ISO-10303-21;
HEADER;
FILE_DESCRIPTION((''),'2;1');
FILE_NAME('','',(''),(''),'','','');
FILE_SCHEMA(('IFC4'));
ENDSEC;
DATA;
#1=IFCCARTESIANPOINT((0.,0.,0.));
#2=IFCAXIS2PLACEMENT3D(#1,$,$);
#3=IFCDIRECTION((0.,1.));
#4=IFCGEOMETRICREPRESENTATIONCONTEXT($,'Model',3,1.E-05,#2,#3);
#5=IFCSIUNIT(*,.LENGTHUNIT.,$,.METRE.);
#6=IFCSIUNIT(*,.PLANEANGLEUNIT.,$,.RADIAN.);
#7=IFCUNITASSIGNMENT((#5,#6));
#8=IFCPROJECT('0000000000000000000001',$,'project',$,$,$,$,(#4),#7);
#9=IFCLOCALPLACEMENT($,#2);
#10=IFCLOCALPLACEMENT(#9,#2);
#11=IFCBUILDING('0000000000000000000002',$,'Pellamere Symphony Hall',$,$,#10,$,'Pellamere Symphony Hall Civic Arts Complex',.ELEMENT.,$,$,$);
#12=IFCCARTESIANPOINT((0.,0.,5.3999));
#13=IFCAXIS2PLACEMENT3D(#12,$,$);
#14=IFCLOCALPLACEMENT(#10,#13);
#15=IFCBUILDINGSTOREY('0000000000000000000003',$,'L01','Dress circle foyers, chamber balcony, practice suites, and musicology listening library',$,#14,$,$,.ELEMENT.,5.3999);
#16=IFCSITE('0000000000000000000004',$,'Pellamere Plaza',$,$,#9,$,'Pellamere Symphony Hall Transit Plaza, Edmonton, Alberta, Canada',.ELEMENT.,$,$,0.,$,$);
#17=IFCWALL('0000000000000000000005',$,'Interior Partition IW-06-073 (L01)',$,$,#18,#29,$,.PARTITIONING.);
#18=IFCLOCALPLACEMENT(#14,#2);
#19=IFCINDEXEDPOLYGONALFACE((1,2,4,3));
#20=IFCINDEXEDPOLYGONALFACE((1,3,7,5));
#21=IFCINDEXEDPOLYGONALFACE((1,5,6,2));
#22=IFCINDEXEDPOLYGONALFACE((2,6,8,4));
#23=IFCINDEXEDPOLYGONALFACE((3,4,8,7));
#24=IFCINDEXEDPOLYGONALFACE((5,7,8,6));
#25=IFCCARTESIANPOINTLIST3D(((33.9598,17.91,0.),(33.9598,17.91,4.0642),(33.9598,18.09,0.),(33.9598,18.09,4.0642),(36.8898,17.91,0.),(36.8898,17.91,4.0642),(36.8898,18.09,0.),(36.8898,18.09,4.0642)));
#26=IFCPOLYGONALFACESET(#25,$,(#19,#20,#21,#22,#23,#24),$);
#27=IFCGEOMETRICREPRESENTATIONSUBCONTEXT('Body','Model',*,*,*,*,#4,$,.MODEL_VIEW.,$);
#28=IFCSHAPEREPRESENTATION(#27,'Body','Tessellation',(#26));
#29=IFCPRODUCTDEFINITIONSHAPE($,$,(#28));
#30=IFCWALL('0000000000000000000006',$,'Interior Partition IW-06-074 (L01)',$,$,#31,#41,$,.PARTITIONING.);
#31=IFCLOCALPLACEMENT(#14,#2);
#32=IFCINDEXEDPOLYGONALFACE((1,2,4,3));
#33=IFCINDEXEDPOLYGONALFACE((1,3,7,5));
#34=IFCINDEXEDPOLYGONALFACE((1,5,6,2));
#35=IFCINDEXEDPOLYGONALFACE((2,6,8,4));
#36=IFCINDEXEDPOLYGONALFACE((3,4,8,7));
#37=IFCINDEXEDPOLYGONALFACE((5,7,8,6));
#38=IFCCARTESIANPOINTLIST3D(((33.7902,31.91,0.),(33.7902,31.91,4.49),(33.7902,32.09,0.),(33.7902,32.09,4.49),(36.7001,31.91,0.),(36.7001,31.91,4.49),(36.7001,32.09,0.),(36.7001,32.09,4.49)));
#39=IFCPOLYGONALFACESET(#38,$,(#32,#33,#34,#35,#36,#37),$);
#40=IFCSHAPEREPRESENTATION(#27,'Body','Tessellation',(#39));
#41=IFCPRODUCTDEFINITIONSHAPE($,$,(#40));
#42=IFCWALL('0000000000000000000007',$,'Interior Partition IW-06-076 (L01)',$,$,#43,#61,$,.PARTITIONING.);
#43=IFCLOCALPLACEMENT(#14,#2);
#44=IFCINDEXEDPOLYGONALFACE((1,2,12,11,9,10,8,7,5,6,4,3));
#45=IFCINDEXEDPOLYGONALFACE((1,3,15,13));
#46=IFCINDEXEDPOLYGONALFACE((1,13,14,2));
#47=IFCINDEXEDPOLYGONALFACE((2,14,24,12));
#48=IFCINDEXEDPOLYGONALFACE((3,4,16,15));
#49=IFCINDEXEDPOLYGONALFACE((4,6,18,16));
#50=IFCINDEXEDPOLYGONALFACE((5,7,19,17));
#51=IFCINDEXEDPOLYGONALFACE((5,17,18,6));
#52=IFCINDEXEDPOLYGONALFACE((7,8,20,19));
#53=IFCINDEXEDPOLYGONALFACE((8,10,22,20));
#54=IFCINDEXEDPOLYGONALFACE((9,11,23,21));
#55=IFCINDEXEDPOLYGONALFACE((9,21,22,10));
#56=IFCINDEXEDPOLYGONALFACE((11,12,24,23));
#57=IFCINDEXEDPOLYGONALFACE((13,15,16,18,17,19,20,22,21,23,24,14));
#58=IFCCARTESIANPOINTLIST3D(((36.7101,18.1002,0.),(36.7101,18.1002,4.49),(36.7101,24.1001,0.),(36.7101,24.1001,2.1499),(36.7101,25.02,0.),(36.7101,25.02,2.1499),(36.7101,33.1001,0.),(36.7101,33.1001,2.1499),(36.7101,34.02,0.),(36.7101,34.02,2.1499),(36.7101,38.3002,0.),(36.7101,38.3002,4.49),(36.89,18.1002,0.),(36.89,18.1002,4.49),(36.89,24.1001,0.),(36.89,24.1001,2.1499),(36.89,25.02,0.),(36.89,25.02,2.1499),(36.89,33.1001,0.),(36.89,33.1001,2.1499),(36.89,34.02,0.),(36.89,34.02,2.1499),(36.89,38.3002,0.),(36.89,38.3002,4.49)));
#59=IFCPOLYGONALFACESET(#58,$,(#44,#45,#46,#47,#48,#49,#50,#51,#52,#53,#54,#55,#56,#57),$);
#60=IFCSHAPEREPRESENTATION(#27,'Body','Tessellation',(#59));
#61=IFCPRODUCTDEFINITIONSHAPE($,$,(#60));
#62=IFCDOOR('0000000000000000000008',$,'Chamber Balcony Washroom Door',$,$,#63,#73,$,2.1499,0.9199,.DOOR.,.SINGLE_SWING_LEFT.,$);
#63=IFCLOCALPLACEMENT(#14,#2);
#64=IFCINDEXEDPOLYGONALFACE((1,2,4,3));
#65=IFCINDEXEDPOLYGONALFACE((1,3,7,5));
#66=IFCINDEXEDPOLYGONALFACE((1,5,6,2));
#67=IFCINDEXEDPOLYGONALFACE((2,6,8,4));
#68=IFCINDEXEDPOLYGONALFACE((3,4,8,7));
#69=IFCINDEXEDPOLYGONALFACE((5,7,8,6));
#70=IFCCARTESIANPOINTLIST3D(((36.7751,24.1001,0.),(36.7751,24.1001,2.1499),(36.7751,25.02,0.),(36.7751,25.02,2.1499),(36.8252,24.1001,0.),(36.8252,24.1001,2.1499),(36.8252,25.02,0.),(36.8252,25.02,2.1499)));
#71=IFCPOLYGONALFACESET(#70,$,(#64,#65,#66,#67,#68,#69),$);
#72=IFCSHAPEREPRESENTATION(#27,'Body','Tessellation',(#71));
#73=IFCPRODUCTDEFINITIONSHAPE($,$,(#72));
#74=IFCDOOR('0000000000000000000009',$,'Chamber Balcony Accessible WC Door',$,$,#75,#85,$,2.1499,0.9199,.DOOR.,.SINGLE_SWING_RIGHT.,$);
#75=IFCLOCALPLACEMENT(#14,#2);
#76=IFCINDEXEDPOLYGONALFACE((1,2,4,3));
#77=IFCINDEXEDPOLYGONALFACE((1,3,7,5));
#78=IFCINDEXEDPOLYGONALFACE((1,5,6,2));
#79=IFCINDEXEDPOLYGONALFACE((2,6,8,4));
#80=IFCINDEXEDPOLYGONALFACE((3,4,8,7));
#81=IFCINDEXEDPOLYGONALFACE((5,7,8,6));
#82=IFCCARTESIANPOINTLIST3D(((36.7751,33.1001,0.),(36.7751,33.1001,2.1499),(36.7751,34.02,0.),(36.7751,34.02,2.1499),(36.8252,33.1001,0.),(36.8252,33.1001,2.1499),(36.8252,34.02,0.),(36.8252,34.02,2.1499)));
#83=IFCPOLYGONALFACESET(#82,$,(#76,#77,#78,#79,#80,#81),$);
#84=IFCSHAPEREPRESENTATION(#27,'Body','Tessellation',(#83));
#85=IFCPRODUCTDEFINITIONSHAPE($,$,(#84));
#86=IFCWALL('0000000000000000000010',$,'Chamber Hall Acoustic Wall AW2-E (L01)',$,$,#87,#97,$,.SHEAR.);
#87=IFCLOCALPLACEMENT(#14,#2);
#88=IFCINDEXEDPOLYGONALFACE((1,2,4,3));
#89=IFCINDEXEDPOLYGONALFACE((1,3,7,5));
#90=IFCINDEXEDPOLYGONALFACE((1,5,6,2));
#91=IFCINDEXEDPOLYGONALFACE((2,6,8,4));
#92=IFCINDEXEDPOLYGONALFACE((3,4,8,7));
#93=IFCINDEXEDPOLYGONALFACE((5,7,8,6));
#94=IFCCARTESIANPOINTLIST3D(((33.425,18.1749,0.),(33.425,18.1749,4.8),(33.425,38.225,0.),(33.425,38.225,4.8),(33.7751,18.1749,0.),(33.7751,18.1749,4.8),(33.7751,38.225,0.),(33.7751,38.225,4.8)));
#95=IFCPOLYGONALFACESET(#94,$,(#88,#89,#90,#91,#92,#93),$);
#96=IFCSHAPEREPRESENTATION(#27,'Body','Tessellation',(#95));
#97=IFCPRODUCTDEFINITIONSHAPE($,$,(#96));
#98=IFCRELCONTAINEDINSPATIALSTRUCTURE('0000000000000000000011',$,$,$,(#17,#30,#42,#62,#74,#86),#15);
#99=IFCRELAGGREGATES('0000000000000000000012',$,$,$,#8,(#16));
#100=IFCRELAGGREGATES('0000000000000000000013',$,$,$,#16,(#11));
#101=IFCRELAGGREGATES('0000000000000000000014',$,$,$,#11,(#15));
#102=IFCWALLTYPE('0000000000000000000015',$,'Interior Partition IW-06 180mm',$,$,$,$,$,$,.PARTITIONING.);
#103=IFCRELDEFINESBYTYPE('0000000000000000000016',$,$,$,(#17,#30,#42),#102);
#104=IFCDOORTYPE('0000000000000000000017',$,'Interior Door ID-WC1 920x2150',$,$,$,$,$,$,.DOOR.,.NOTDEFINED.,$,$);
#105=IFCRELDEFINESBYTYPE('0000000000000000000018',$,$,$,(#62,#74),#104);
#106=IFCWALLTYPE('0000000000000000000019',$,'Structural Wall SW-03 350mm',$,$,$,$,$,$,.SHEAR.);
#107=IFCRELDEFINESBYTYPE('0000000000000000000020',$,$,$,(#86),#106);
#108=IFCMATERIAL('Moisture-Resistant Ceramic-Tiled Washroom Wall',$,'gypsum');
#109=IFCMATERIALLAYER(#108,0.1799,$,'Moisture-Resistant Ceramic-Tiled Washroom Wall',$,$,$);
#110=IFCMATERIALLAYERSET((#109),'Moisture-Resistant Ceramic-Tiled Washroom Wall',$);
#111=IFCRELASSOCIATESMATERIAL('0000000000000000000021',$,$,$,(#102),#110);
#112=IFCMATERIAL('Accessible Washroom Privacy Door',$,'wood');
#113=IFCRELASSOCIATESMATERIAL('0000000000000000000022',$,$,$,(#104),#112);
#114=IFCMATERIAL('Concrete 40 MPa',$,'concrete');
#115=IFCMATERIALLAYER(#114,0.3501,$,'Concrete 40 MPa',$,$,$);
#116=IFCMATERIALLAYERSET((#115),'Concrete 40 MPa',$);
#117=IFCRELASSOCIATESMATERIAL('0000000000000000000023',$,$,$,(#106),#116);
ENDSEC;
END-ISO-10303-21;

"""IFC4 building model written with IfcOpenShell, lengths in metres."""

from ifc_helpers import new_model, si_unit, direction, frame, frame_2d, origin, place, context, subcontext, project, spatial, rectangle, extrude, material, layer, layer_set, type_object, element, fill, save


model = new_model("IFC4")

# Units and contexts
model_context = context("Model", 3, precision=1e-05, world=origin(), true_north=direction((0.0, 1.0)))
body_context = subcontext(model_context, "Body", "Model", "MODEL_VIEW")
ifc_project = project(units=[si_unit("LENGTHUNIT", "METRE"), si_unit("PLANEANGLEUNIT", "RADIAN")], contexts=[model_context])

# Site, building, storey
site_placement = place(None, origin())
site = spatial("IfcSite", under=ifc_project, at=site_placement, Name="Pellamere Plaza", LongName="Pellamere Symphony Hall Transit Plaza, Edmonton, Alberta, Canada", CompositionType="ELEMENT", RefElevation=0.0)
building_placement = place(site_placement, origin())
building = spatial("IfcBuilding", under=site, at=building_placement, Name="Pellamere Symphony Hall", LongName="Pellamere Symphony Hall Civic Arts Complex", CompositionType="ELEMENT")
storey_placement = place(building_placement, frame((0.0, 0.0, 5.3999)))
storey = spatial("IfcBuildingStorey", under=building, at=storey_placement, Name="L01", Description="Dress circle foyers, chamber balcony, practice suites, and musicology listening library", CompositionType="ELEMENT", Elevation=5.3999)

# Shared definitions
ifc_material_1 = material(Name="Concrete 40 MPa", Category="concrete")

# Walls
ifc_material_2 = material(Name="Moisture-Resistant Ceramic-Tiled Washroom Wall", Category="gypsum")
ifc_layer_1 = layer(ifc_material_2, 0.1799, Name="Moisture-Resistant Ceramic-Tiled Washroom Wall")
ifc_layer_set_1 = layer_set([ifc_layer_1], Name="Moisture-Resistant Ceramic-Tiled Washroom Wall")
wall_type_1 = type_object("IfcWallType", Name="Interior Partition IW-06 180mm", PredefinedType="PARTITIONING", material=ifc_layer_set_1)
wall_1_placement = place(storey_placement, frame((33.96, 18.0, 0.0), z_axis=(0.0, 0.0, 1.0), x_axis=(1.0, 0.0, 0.0)))
element("IfcWall", 1, at=wall_1_placement, inside=storey, type_object=wall_type_1, Name="Interior Partition IW-06-073 (L01)", PredefinedType="PARTITIONING", context=body_context, shape_type="SweptSolid", body=[
    extrude(rectangle(XDim=2.9299, YDim=0.1799, at=frame_2d((1.4648, 0.0))), origin(), (0.0, 0.0, 1.0), 4.0642),
])
wall_2_placement = place(storey_placement, frame((33.79, 32.0, 0.0), z_axis=(0.0, 0.0, 1.0), x_axis=(1.0, 0.0, 0.0)))
element("IfcWall", 2, at=wall_2_placement, inside=storey, type_object=wall_type_1, Name="Interior Partition IW-06-074 (L01)", PredefinedType="PARTITIONING", context=body_context, shape_type="SweptSolid", body=[
    extrude(rectangle(XDim=2.9099, YDim=0.1799, at=frame_2d((1.4551, 0.0))), origin(), (0.0, 0.0, 1.0), 4.49),
])

# Wall, openings, doors
wall_3_placement = place(storey_placement, frame((36.8, 18.1001, 0.0), z_axis=(0.0, 0.0, 1.0), x_axis=(0.0, 1.0, 0.0)))
wall_3 = element("IfcWall", 3, at=wall_3_placement, inside=storey, type_object=wall_type_1, Name="Interior Partition IW-06-076 (L01)", PredefinedType="PARTITIONING", context=body_context, shape_type="SweptSolid", body=[
    extrude(rectangle(XDim=20.2, YDim=0.1799, at=frame_2d((10.1001, 0.0))), origin(), (0.0, 0.0, 1.0), 4.49),
])
opening_1_placement = place(wall_3_placement, frame((6.0, 0.0, 0.0)))
opening_1 = element("IfcOpeningElement", 4, at=opening_1_placement, cuts=wall_3, PredefinedType="OPENING", context=body_context, shape_type="SweptSolid", body=[
    extrude(rectangle(XDim=0.9199, YDim=2.1499, at=frame_2d((0.46, 1.075))), frame((0.0, 0.0999, 0.0), z_axis=(0.0, -1.0, 0.0), x_axis=(1.0, 0.0, 0.0)), (0.0, 0.0, 1.0), 0.2),
])
opening_2_placement = place(wall_3_placement, frame((15.0, 0.0, 0.0)))
opening_2 = element("IfcOpeningElement", 5, at=opening_2_placement, cuts=wall_3, PredefinedType="OPENING", context=body_context, shape_type="SweptSolid", body=[
    extrude(rectangle(XDim=0.9199, YDim=2.1499, at=frame_2d((0.46, 1.075))), frame((0.0, 0.0999, 0.0), z_axis=(0.0, -1.0, 0.0), x_axis=(1.0, 0.0, 0.0)), (0.0, 0.0, 1.0), 0.2),
])
ifc_material_3 = material(Name="Accessible Washroom Privacy Door", Category="wood")
door_type = type_object("IfcDoorType", Name="Interior Door ID-WC1 920x2150", OperationType="NOTDEFINED", PredefinedType="DOOR", material=ifc_material_3)
door_1_placement = place(opening_1_placement, origin())
door_1 = element("IfcDoor", 6, at=door_1_placement, inside=storey, type_object=door_type, Name="Chamber Balcony Washroom Door", OperationType="SINGLE_SWING_LEFT", OverallHeight=2.1499, OverallWidth=0.9199, PredefinedType="DOOR", context=body_context, shape_type="SweptSolid", body=[
    extrude(rectangle(XDim=0.9199, YDim=2.1499, at=frame_2d((0.46, 1.075))), frame((0.0, 0.0249, 0.0), z_axis=(0.0, -1.0, 0.0), x_axis=(1.0, 0.0, 0.0)), (0.0, 0.0, 1.0), 0.05),
])
fill(opening_1, door_1)
door_2_placement = place(opening_2_placement, origin())
door_2 = element("IfcDoor", 7, at=door_2_placement, inside=storey, type_object=door_type, Name="Chamber Balcony Accessible WC Door", OperationType="SINGLE_SWING_RIGHT", OverallHeight=2.1499, OverallWidth=0.9199, PredefinedType="DOOR", context=body_context, shape_type="SweptSolid", body=[
    extrude(rectangle(XDim=0.9199, YDim=2.1499, at=frame_2d((0.46, 1.075))), frame((0.0, 0.0249, 0.0), z_axis=(0.0, -1.0, 0.0), x_axis=(1.0, 0.0, 0.0)), (0.0, 0.0, 1.0), 0.05),
])
fill(opening_2, door_2)

# Wall
ifc_layer_2 = layer(ifc_material_1, 0.3501, Name="Concrete 40 MPa")
ifc_layer_set_2 = layer_set([ifc_layer_2], Name="Concrete 40 MPa")
wall_type_2 = type_object("IfcWallType", Name="Structural Wall SW-03 350mm", PredefinedType="SHEAR", material=ifc_layer_set_2)
wall_4_placement = place(storey_placement, frame((33.6001, 18.175, 0.0), z_axis=(0.0, 0.0, 1.0), x_axis=(0.0, 1.0, 0.0)))
element("IfcWall", 8, at=wall_4_placement, inside=storey, type_object=wall_type_2, Name="Chamber Hall Acoustic Wall AW2-E (L01)", PredefinedType="SHEAR", context=body_context, shape_type="SweptSolid", body=[
    extrude(rectangle(XDim=20.05, YDim=0.3501, at=frame_2d((10.0249, 0.0))), origin(), (0.0, 0.0, 1.0), 4.8),
])

save(model, "model.ifc")
